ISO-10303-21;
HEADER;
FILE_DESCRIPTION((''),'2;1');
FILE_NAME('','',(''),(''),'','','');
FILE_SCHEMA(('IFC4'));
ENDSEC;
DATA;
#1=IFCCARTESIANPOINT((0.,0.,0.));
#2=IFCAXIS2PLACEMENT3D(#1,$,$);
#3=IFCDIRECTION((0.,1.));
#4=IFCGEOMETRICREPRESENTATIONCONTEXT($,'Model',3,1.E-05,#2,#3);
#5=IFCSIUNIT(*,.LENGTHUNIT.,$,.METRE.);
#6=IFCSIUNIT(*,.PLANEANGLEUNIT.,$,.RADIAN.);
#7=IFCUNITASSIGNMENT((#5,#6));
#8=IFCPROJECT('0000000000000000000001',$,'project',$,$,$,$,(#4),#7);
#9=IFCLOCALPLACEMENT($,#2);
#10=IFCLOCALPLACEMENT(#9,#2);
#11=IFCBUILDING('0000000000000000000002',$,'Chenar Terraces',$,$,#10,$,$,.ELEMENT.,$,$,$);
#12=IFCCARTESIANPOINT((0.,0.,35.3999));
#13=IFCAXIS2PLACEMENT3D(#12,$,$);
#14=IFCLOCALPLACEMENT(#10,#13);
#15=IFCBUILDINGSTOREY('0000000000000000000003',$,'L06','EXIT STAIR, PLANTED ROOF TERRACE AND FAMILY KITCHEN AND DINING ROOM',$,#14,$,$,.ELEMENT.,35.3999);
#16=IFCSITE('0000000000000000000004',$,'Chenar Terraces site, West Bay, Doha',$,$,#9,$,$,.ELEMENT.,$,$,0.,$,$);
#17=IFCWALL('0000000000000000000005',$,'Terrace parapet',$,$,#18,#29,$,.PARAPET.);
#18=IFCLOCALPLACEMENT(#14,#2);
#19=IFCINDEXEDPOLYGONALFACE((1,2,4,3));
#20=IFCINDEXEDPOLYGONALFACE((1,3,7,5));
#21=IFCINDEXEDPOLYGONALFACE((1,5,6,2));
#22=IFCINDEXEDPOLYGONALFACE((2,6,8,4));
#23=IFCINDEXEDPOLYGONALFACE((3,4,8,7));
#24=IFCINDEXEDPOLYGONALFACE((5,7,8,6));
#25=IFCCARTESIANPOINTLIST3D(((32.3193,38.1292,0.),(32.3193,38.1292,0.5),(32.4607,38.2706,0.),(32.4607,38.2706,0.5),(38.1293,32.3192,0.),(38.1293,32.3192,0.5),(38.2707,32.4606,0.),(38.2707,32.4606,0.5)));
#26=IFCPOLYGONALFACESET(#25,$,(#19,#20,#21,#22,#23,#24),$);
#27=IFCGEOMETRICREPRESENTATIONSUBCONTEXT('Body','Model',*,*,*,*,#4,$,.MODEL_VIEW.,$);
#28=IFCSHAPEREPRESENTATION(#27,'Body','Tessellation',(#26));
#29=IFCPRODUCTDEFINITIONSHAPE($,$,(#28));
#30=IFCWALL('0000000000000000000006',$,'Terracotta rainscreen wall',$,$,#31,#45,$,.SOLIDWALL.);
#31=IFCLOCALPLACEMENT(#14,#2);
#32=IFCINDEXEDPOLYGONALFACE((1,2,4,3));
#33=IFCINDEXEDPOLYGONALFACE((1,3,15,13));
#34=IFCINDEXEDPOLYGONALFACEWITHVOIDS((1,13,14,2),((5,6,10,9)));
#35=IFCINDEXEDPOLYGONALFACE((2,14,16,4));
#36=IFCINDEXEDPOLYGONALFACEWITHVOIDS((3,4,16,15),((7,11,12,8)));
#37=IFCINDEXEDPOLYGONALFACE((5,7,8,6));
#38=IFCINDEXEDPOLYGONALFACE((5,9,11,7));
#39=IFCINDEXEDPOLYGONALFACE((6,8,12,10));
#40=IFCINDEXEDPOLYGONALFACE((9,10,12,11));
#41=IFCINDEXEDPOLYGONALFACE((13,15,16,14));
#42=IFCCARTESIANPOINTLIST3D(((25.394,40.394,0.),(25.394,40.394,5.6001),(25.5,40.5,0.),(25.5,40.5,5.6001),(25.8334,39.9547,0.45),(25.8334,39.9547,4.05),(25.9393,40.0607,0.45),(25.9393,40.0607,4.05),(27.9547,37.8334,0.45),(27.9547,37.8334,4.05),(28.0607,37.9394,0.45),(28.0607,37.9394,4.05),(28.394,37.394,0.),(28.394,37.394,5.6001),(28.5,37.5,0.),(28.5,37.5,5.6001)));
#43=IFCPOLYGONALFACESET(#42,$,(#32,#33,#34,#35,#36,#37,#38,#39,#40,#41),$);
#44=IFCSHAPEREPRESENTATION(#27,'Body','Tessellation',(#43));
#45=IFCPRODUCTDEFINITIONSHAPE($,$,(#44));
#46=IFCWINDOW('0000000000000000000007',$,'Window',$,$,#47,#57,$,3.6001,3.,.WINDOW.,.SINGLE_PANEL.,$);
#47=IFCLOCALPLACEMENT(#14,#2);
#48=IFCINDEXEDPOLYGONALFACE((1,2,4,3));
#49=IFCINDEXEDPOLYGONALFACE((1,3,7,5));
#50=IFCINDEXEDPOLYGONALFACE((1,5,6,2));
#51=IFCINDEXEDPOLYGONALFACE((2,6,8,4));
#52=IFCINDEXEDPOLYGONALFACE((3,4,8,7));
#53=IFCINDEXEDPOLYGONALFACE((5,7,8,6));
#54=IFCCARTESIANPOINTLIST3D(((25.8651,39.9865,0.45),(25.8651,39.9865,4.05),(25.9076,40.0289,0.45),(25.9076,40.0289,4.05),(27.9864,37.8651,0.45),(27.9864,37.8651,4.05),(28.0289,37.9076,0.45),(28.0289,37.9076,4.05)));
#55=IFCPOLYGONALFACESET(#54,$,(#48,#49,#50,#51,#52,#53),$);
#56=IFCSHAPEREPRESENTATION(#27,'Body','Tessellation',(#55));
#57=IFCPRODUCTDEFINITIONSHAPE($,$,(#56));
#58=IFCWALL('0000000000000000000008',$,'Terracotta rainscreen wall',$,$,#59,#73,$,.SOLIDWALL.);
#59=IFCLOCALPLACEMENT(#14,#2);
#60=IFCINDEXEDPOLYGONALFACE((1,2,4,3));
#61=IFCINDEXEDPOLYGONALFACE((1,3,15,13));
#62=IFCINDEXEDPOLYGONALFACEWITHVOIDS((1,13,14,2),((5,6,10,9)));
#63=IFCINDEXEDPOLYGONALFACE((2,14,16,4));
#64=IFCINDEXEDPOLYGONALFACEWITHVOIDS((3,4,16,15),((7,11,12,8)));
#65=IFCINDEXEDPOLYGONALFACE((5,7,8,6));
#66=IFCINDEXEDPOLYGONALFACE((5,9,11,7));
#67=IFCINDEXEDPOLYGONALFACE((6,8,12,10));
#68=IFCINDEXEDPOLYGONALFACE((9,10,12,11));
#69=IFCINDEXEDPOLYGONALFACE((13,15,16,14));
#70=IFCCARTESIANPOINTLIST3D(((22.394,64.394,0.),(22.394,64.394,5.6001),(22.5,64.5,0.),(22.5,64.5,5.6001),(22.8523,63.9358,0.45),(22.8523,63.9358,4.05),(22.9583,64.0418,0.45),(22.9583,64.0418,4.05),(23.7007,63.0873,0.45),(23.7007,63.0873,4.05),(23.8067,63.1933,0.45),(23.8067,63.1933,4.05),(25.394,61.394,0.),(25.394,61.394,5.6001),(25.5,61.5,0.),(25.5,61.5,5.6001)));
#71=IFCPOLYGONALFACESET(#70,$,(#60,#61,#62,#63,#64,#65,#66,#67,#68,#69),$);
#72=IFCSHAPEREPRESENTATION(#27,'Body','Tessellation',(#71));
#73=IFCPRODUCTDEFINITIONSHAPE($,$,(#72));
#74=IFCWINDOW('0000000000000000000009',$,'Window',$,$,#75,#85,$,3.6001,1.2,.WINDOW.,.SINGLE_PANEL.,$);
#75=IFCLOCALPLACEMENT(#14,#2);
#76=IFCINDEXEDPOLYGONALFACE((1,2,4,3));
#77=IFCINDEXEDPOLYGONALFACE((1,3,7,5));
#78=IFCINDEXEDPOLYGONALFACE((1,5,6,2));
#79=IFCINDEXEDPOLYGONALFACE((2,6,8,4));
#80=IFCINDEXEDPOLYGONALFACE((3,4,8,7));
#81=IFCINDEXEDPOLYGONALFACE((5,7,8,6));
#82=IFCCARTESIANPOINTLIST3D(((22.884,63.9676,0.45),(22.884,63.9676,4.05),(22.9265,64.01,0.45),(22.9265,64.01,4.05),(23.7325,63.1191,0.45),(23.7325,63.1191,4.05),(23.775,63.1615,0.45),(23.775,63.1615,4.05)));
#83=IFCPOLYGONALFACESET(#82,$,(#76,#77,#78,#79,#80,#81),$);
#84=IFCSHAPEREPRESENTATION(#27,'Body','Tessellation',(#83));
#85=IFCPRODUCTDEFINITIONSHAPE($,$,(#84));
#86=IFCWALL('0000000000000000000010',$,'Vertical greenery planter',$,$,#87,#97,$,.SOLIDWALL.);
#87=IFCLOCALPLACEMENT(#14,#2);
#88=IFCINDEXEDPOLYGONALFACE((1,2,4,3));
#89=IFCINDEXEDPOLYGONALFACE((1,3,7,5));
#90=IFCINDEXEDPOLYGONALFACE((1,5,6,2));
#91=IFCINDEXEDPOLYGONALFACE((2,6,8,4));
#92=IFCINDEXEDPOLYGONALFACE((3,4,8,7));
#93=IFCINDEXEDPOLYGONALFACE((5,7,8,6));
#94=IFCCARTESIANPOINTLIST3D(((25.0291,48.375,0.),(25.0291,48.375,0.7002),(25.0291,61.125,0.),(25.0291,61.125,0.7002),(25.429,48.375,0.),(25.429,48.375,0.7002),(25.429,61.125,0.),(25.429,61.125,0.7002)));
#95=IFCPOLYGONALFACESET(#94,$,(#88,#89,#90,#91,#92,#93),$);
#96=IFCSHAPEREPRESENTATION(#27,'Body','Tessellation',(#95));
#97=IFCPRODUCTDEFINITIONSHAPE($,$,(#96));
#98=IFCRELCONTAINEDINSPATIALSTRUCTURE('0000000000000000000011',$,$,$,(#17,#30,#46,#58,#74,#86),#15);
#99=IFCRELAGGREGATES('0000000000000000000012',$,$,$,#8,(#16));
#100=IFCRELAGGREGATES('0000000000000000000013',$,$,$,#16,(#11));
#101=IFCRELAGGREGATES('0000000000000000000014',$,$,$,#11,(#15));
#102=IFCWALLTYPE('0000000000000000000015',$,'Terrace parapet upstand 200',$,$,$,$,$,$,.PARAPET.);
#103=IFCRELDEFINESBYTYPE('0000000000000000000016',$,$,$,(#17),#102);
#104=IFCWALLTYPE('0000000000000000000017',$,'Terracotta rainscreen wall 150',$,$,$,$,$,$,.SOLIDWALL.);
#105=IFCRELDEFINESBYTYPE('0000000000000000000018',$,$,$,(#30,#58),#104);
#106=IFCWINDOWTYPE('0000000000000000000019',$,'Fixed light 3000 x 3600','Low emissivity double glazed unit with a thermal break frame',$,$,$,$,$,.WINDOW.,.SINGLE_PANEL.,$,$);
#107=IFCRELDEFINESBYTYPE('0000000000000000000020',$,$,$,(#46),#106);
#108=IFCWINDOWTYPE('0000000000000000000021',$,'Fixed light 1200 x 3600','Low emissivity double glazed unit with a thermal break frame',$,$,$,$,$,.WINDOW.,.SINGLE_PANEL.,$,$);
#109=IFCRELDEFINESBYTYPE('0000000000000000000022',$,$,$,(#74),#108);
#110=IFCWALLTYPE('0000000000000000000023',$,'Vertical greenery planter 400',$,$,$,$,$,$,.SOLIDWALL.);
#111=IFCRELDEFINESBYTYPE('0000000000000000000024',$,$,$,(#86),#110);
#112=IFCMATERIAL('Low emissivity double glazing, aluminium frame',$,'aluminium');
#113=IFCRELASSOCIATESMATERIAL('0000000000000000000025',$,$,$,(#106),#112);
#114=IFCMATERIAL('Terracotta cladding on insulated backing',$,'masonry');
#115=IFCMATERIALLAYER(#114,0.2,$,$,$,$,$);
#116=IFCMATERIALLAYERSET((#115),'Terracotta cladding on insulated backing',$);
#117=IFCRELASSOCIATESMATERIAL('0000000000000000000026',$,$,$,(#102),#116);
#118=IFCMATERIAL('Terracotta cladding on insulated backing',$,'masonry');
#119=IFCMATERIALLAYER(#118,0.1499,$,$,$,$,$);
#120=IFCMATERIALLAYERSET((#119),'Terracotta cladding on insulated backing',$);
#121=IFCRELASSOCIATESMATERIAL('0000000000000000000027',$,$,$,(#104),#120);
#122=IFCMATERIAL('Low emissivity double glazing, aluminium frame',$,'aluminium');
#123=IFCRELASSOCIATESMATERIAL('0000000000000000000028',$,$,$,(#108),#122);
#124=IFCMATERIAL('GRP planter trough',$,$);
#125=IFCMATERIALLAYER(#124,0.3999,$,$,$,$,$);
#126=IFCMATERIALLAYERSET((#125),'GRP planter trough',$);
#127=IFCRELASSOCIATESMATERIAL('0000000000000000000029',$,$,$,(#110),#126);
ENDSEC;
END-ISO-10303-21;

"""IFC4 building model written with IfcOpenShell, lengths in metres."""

from ifc_helpers import new_model, si_unit, direction, frame, frame_2d, origin, place, context, subcontext, project, spatial, rectangle, extrude, material, layer, layer_set, type_object, element, fill, save


model = new_model("IFC4")

# Units and contexts
model_context = context("Model", 3, precision=1e-05, world=origin(), true_north=direction((0.0, 1.0)))
body_context = subcontext(model_context, "Body", "Model", "MODEL_VIEW")
ifc_project = project(units=[si_unit("LENGTHUNIT", "METRE"), si_unit("PLANEANGLEUNIT", "RADIAN")], contexts=[model_context])

# Site, building, storey
site_placement = place(None, origin())
site = spatial("IfcSite", under=ifc_project, at=site_placement, Name="Chenar Terraces site, West Bay, Doha", CompositionType="ELEMENT", RefElevation=0.0)
building_placement = place(site_placement, origin())
building = spatial("IfcBuilding", under=site, at=building_placement, Name="Chenar Terraces", CompositionType="ELEMENT")
storey_placement = place(building_placement, frame((0.0, 0.0, 35.3999)))
storey = spatial("IfcBuildingStorey", under=building, at=storey_placement, Name="L06", Description="EXIT STAIR, PLANTED ROOF TERRACE AND FAMILY KITCHEN AND DINING ROOM", CompositionType="ELEMENT", Elevation=35.3999)

# Shared definitions
ifc_material_1 = material(Name="Low emissivity double glazing, aluminium frame", Category="aluminium")
window_type_1 = type_object("IfcWindowType", Name="Fixed light 3000 x 3600", Description="Low emissivity double glazed unit with a thermal break frame", PartitioningType="SINGLE_PANEL", PredefinedType="WINDOW", material=ifc_material_1)

# Wall
ifc_material_2 = material(Name="Terracotta cladding on insulated backing", Category="masonry")
ifc_layer_1 = layer(ifc_material_2, 0.2)
ifc_layer_set_1 = layer_set([ifc_layer_1], Name="Terracotta cladding on insulated backing")
wall_type_1 = type_object("IfcWallType", Name="Terrace parapet upstand 200", PredefinedType="PARAPET", material=ifc_layer_set_1)
wall_1_placement = place(storey_placement, frame((32.3899, 38.2, 0.0), z_axis=(0.0, 0.0, 1.0), x_axis=(0.707107, -0.707107, 0.0)))
element("IfcWall", 1, at=wall_1_placement, inside=storey, type_object=wall_type_1, Name="Terrace parapet", PredefinedType="PARAPET", context=body_context, shape_type="SweptSolid", body=[
    extrude(rectangle(XDim=8.2166, YDim=0.2, at=frame_2d((4.1084, 0.0))), origin(), (0.0, 0.0, 1.0), 0.5),
])

# Walls, openings, windows
ifc_material_3 = material(Name="Terracotta cladding on insulated backing", Category="masonry")
ifc_layer_2 = layer(ifc_material_3, 0.1499)
ifc_layer_set_2 = layer_set([ifc_layer_2], Name="Terracotta cladding on insulated backing")
wall_type_2 = type_object("IfcWallType", Name="Terracotta rainscreen wall 150", PredefinedType="SOLIDWALL", material=ifc_layer_set_2)
wall_2_placement = place(storey_placement, frame((28.447, 37.447, 0.0), z_axis=(0.0, 0.0, 1.0), x_axis=(-0.707107, 0.707107, 0.0)))
wall_2 = element("IfcWall", 2, at=wall_2_placement, inside=storey, type_object=wall_type_2, Name="Terracotta rainscreen wall", PredefinedType="SOLIDWALL", context=body_context, shape_type="SweptSolid", body=[
    extrude(rectangle(XDim=4.2427, YDim=0.1499, at=frame_2d((2.1213, 0.0))), origin(), (0.0, 0.0, 1.0), 5.6001),
])
opening_1_placement = place(wall_2_placement, frame((0.6213, 0.0, 0.45)))
opening_1 = element("IfcOpeningElement", 3, at=opening_1_placement, cuts=wall_2, PredefinedType="OPENING", context=body_context, shape_type="SweptSolid", body=[
    extrude(rectangle(XDim=3.0, YDim=3.6001, at=frame_2d((1.5, 1.8))), frame((0.0, 0.085, 0.0), z_axis=(0.0, -1.0, 0.0), x_axis=(1.0, 0.0, 0.0)), (0.0, 0.0, 1.0), 0.1699),
])
window_1_placement = place(opening_1_placement, origin())
window_1 = element("IfcWindow", 4, at=window_1_placement, inside=storey, type_object=window_type_1, Name="Window", OverallHeight=3.6001, OverallWidth=3.0, PartitioningType="SINGLE_PANEL", PredefinedType="WINDOW", context=body_context, shape_type="SweptSolid", body=[
    extrude(rectangle(XDim=3.0, YDim=3.6001, at=frame_2d((1.5, 1.8))), frame((0.0, 0.03, 0.0), z_axis=(0.0, -1.0, 0.0), x_axis=(1.0, 0.0, 0.0)), (0.0, 0.0, 1.0), 0.0601),
])
fill(opening_1, window_1)
wall_3_placement = place(storey_placement, frame((25.447, 61.447, 0.0), z_axis=(0.0, 0.0, 1.0), x_axis=(-0.707107, 0.707107, 0.0)))
wall_3 = element("IfcWall", 5, at=wall_3_placement, inside=storey, type_object=wall_type_2, Name="Terracotta rainscreen wall", PredefinedType="SOLIDWALL", context=body_context, shape_type="SweptSolid", body=[
    extrude(rectangle(XDim=4.2427, YDim=0.1499, at=frame_2d((2.1213, 0.0))), origin(), (0.0, 0.0, 1.0), 5.6001),
])
opening_2_placement = place(wall_3_placement, frame((2.3945, 0.0, 0.45)))
opening_2 = element("IfcOpeningElement", 6, at=opening_2_placement, cuts=wall_3, PredefinedType="OPENING", context=body_context, shape_type="SweptSolid", body=[
    extrude(rectangle(XDim=1.2, YDim=3.6001, at=frame_2d((0.6001, 1.8))), frame((0.0, 0.085, 0.0), z_axis=(0.0, -1.0, 0.0), x_axis=(1.0, 0.0, 0.0)), (0.0, 0.0, 1.0), 0.1699),
])
ifc_material_4 = material(Name="Low emissivity double glazing, aluminium frame", Category="aluminium")
window_type_2 = type_object("IfcWindowType", Name="Fixed light 1200 x 3600", Description="Low emissivity double glazed unit with a thermal break frame", PartitioningType="SINGLE_PANEL", PredefinedType="WINDOW", material=ifc_material_4)
window_2_placement = place(opening_2_placement, origin())
window_2 = element("IfcWindow", 7, at=window_2_placement, inside=storey, type_object=window_type_2, Name="Window", OverallHeight=3.6001, OverallWidth=1.2, PartitioningType="SINGLE_PANEL", PredefinedType="WINDOW", context=body_context, shape_type="SweptSolid", body=[
    extrude(rectangle(XDim=1.2, YDim=3.6001, at=frame_2d((0.6001, 1.8))), frame((0.0, 0.03, 0.0), z_axis=(0.0, -1.0, 0.0), x_axis=(1.0, 0.0, 0.0)), (0.0, 0.0, 1.0), 0.0601),
])
fill(opening_2, window_2)

# Wall
ifc_material_5 = material(Name="GRP planter trough")
ifc_layer_3 = layer(ifc_material_5, 0.3999)
ifc_layer_set_3 = layer_set([ifc_layer_3], Name="GRP planter trough")
wall_type_3 = type_object("IfcWallType", Name="Vertical greenery planter 400", PredefinedType="SOLIDWALL", material=ifc_layer_set_3)
wall_4_placement = place(storey_placement, frame((25.229, 48.375, 0.0), z_axis=(0.0, 0.0, 1.0), x_axis=(0.0, 1.0, 0.0)))
element("IfcWall", 8, at=wall_4_placement, inside=storey, type_object=wall_type_3, Name="Vertical greenery planter", PredefinedType="SOLIDWALL", context=body_context, shape_type="SweptSolid", body=[
    extrude(rectangle(XDim=12.75, YDim=0.3999, at=frame_2d((6.375, 0.0))), origin(), (0.0, 0.0, 1.0), 0.7002),
])

save(model, "model.ifc")
